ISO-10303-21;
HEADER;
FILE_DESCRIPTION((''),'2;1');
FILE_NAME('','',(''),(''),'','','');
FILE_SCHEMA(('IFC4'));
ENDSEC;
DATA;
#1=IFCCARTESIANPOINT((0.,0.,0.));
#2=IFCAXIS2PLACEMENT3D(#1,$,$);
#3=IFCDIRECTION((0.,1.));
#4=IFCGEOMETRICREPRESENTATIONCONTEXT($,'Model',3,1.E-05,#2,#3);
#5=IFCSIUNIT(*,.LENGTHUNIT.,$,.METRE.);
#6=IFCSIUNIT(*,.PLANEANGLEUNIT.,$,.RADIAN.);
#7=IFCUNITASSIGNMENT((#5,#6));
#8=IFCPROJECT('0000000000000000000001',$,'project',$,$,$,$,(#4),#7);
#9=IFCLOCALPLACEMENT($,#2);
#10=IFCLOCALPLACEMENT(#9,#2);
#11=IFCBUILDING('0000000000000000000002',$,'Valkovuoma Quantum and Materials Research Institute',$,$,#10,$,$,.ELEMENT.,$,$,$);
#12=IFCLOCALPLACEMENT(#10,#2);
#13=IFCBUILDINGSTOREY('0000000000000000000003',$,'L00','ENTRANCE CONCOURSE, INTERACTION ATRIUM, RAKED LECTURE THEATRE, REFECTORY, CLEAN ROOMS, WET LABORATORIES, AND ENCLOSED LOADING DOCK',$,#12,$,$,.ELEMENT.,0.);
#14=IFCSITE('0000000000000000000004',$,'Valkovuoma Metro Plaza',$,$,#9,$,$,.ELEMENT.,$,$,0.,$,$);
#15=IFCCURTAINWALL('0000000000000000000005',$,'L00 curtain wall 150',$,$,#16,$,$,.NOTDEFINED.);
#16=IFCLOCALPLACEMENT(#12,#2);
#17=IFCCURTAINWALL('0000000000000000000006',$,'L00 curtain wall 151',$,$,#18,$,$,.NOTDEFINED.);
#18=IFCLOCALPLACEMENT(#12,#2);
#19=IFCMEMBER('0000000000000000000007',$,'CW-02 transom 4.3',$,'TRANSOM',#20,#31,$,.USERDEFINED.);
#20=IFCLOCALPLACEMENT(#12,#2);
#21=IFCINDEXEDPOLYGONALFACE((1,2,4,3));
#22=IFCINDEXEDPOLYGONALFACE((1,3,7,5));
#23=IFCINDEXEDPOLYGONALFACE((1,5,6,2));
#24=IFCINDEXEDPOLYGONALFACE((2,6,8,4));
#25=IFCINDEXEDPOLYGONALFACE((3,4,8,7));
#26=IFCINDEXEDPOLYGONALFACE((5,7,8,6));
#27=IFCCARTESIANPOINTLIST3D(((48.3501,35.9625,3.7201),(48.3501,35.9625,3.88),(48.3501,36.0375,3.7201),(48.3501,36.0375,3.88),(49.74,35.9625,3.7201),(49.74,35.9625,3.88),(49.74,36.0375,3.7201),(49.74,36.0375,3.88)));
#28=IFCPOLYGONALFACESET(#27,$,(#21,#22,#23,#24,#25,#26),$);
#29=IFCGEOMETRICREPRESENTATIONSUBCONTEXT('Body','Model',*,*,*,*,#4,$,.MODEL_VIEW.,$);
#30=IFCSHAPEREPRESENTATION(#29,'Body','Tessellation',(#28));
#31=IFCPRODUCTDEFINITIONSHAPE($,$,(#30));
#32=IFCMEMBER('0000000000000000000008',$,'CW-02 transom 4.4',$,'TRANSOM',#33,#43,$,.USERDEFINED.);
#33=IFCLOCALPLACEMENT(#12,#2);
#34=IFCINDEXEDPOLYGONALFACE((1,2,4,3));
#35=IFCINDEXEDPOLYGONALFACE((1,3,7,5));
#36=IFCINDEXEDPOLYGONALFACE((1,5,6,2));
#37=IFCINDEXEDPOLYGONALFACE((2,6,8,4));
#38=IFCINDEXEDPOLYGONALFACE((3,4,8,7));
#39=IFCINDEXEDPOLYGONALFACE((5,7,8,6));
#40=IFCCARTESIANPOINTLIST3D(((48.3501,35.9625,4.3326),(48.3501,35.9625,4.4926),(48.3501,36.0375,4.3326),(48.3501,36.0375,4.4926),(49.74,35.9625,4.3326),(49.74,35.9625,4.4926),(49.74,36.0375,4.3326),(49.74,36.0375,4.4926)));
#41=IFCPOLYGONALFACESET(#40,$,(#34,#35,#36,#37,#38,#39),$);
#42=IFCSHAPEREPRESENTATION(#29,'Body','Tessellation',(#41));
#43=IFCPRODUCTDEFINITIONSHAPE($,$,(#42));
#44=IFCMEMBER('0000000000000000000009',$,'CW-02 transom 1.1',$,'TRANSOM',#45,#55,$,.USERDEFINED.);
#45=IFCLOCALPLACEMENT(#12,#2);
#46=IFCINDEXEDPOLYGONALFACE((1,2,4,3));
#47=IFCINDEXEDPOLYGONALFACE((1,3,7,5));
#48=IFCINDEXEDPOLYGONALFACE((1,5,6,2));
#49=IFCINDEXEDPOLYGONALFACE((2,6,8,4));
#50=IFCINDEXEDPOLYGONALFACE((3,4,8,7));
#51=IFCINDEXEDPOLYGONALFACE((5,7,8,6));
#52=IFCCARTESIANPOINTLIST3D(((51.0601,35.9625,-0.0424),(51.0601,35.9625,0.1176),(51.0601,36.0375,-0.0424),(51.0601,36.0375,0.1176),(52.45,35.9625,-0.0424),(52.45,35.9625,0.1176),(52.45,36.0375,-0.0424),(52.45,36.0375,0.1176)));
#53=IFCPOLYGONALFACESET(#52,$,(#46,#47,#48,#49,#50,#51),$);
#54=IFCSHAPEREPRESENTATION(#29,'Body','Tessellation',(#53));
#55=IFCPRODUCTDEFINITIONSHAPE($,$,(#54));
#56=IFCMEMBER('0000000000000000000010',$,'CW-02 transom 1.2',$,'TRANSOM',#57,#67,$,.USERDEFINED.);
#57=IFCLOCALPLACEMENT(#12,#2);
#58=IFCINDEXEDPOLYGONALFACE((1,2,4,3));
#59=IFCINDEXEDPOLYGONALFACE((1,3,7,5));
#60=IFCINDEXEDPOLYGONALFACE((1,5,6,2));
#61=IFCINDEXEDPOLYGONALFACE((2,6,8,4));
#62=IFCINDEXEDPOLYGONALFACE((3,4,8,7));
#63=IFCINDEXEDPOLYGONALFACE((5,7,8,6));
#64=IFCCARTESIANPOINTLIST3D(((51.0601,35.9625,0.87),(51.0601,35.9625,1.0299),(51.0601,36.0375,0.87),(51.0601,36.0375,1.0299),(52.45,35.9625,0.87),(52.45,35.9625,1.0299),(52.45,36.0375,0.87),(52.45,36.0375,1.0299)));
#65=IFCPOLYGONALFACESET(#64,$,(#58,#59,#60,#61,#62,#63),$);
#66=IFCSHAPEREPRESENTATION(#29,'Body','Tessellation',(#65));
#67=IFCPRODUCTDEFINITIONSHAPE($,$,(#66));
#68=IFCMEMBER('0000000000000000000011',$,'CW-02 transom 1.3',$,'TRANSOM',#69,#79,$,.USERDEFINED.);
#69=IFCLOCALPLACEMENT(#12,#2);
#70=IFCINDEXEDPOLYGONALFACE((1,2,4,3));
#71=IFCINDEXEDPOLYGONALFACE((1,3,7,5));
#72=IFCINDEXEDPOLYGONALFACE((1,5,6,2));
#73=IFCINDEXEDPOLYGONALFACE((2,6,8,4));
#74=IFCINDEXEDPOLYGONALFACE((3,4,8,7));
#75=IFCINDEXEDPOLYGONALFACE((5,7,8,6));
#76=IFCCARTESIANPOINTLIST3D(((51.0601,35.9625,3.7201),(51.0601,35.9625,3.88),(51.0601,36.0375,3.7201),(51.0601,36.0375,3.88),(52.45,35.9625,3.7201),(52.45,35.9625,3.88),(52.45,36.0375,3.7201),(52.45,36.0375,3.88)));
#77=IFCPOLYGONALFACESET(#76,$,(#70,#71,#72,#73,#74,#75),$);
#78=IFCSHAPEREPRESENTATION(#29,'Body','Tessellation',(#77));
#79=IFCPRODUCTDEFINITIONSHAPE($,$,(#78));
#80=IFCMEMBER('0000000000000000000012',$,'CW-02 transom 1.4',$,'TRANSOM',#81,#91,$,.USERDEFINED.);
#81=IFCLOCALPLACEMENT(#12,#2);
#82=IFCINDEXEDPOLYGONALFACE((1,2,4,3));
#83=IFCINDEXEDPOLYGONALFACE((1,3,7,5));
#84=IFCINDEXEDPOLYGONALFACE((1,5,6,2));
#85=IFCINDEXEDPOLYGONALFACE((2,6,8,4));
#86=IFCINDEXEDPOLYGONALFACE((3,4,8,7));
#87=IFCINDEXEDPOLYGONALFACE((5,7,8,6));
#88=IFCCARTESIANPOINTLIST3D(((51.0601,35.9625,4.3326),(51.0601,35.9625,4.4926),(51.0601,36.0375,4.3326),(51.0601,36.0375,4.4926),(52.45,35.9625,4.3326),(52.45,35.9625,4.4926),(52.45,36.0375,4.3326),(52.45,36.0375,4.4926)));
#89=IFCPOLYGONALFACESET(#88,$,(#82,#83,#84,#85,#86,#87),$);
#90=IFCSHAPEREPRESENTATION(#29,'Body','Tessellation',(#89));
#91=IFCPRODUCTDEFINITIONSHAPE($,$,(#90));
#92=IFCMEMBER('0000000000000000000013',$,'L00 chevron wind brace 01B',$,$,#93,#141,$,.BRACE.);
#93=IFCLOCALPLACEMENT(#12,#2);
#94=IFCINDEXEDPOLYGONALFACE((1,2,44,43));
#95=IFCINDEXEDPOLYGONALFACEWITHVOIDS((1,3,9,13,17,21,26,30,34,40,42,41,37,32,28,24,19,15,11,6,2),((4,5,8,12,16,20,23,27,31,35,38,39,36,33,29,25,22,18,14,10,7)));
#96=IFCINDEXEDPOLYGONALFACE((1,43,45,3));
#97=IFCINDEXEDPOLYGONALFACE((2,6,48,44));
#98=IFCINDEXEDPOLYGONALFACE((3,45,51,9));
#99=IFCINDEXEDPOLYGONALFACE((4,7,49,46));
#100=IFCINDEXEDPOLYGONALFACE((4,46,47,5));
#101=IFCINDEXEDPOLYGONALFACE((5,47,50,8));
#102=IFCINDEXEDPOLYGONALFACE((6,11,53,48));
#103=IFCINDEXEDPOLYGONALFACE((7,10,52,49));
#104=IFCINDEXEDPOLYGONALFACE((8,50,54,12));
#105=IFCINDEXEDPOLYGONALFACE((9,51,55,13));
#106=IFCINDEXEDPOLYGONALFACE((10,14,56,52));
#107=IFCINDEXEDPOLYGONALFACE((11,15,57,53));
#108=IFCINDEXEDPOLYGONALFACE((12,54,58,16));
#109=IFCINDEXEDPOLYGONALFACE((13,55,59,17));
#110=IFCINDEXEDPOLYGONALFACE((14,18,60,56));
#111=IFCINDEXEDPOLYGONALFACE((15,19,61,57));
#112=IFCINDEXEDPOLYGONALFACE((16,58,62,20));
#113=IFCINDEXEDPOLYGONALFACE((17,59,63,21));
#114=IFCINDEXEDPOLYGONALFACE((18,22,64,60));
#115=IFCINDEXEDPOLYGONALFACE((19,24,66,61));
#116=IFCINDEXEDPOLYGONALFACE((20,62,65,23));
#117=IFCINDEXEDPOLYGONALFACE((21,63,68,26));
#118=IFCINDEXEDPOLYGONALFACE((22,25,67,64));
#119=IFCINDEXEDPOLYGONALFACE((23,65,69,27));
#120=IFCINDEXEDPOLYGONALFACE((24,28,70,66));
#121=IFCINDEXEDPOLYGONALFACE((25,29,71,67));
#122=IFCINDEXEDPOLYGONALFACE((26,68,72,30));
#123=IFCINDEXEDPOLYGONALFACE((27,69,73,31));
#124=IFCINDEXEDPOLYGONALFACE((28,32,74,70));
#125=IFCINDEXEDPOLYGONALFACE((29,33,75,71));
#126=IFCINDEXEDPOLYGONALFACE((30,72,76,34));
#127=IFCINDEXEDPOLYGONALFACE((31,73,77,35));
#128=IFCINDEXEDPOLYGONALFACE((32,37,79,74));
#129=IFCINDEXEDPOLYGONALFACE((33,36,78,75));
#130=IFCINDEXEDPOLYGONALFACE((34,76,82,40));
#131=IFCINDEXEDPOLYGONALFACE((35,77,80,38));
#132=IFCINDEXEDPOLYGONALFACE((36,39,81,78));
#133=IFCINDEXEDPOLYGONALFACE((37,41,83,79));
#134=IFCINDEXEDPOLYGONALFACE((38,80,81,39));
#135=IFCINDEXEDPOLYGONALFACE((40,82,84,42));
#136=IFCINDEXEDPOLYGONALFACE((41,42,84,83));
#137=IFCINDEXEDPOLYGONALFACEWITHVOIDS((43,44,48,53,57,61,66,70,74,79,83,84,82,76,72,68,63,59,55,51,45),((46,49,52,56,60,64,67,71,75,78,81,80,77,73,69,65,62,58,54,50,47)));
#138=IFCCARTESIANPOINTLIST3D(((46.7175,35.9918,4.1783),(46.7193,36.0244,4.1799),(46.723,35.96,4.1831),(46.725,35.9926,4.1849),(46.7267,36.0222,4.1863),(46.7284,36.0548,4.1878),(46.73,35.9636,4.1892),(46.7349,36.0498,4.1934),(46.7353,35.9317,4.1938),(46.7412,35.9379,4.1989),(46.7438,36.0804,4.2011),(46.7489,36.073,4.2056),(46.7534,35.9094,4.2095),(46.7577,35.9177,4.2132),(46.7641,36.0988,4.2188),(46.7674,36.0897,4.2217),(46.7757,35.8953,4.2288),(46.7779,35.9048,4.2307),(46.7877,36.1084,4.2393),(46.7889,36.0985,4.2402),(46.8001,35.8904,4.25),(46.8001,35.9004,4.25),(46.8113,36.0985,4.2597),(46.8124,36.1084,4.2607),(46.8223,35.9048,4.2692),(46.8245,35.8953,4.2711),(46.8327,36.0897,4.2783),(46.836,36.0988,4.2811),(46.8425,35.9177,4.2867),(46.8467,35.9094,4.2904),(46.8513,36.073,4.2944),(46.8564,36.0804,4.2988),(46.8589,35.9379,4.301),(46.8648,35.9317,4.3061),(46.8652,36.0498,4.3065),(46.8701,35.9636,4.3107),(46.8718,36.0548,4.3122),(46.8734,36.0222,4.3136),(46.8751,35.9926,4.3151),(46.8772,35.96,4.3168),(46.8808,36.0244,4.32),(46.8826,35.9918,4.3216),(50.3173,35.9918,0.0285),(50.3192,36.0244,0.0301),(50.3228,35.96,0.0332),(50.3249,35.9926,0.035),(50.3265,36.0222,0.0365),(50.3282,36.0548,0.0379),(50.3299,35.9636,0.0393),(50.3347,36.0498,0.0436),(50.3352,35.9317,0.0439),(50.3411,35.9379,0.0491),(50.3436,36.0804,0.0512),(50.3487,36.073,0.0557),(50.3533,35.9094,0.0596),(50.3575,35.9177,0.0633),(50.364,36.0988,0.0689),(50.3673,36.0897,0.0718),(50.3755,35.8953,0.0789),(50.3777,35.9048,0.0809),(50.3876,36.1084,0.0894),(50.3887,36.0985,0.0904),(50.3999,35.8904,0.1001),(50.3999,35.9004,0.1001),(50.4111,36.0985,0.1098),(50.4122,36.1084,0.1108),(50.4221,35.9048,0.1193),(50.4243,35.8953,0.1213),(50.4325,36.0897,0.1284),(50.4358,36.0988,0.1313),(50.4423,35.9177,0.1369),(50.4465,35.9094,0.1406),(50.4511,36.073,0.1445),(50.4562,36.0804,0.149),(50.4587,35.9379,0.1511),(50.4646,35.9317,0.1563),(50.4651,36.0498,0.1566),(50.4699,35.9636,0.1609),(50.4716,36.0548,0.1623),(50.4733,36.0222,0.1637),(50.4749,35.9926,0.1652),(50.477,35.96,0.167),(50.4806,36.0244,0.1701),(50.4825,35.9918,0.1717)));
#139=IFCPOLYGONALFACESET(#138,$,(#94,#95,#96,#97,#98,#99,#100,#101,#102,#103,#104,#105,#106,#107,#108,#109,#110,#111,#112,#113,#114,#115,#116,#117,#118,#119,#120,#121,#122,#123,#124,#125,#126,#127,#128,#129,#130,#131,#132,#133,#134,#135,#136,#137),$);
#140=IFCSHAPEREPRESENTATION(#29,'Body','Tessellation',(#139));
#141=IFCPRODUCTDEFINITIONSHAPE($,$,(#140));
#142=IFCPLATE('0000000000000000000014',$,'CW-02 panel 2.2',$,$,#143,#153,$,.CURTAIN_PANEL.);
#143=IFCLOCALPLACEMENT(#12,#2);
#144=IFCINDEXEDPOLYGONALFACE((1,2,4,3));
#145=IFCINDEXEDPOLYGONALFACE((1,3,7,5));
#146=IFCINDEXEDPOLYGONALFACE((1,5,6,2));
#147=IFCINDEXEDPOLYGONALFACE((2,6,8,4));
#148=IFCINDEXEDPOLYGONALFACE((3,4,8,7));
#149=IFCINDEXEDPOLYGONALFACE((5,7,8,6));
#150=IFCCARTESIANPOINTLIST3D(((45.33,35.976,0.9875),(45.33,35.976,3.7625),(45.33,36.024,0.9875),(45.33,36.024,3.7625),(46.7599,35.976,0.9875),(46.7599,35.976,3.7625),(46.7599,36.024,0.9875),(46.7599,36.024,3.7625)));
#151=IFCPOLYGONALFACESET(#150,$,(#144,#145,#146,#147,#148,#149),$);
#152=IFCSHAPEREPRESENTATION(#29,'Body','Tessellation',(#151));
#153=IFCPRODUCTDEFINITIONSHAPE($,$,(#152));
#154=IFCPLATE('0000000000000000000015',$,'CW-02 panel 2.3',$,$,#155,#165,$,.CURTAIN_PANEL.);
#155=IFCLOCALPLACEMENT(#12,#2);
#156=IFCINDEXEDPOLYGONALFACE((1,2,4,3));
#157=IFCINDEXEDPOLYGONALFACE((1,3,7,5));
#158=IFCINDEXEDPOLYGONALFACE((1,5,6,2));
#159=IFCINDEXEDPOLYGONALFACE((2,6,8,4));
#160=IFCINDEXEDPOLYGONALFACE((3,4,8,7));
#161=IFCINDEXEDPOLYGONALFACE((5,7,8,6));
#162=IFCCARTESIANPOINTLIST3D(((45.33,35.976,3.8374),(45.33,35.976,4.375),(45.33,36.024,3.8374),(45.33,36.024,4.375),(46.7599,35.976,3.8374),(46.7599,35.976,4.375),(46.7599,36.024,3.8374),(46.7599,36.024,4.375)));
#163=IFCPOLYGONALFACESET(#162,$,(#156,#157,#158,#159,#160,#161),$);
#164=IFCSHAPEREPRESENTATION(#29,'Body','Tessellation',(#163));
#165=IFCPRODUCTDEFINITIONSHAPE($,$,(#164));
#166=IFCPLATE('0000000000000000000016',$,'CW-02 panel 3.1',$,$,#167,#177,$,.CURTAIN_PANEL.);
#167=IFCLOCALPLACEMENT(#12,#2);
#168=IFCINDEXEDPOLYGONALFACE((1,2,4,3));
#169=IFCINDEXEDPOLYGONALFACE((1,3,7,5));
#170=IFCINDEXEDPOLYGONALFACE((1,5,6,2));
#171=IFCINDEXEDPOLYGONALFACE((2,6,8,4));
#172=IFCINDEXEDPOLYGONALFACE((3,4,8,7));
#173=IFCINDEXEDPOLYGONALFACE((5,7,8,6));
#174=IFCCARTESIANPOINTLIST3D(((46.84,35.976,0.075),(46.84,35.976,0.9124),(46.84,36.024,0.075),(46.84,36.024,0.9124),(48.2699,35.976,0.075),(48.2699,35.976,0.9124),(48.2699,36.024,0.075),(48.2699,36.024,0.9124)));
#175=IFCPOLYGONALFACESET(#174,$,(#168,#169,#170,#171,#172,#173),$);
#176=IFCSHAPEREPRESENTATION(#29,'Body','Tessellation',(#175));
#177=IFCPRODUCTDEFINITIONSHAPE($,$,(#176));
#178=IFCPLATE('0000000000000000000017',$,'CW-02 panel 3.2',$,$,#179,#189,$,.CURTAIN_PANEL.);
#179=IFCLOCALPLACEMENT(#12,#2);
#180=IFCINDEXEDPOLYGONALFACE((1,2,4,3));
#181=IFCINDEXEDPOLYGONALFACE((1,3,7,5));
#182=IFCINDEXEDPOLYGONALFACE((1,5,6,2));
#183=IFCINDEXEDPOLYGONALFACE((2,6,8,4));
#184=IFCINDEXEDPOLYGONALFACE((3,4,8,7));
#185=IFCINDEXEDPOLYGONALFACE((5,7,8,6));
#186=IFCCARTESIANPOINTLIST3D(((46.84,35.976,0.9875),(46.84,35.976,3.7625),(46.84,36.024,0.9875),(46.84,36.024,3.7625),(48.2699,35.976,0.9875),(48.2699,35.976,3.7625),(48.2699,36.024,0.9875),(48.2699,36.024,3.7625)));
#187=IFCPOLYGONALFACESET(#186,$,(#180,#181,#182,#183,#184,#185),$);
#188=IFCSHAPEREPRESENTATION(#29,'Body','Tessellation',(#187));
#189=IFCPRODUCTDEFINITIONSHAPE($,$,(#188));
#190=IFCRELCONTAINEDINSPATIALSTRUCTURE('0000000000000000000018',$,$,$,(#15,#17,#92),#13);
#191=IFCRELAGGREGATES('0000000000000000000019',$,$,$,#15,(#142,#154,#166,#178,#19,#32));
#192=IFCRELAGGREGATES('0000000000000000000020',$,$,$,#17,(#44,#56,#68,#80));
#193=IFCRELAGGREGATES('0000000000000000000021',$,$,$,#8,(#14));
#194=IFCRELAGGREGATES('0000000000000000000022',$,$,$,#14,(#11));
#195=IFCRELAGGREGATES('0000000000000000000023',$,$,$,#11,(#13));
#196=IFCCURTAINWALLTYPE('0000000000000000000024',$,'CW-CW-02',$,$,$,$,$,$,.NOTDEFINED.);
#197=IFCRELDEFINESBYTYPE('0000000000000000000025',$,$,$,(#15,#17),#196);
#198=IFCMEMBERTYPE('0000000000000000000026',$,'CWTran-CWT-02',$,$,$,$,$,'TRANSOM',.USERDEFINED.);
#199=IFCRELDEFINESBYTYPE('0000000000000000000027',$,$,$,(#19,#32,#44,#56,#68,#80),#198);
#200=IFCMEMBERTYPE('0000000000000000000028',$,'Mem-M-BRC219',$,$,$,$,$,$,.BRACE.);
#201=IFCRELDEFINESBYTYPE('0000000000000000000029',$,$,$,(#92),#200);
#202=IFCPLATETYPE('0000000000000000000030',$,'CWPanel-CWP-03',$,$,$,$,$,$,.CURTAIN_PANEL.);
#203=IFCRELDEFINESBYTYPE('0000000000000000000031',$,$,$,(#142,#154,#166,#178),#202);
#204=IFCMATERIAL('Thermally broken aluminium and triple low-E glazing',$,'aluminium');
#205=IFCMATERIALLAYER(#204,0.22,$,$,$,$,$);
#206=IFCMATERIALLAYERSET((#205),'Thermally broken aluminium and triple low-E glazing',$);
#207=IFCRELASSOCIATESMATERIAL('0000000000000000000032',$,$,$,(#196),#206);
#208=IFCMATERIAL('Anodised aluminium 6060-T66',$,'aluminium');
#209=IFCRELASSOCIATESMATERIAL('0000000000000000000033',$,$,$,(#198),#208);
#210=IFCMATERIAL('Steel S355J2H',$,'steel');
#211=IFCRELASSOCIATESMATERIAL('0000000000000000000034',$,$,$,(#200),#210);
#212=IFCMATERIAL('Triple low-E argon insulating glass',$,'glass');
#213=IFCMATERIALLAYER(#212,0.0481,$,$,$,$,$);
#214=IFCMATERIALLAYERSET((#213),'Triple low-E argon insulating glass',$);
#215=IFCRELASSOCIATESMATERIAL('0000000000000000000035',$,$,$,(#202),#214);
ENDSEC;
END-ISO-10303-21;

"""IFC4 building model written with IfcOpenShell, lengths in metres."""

from ifc_helpers import new_model, si_unit, direction, frame, origin, origin_2d, place, context, subcontext, project, spatial, rectangle, hollow_circle, extrude, material, layer, layer_set, material_profile, profile_set, type_object, element, aggregate, save


model = new_model("IFC4")

# Units and contexts
model_context = context("Model", 3, precision=1e-05, world=origin(), true_north=direction((0.0, 1.0)))
body_context = subcontext(model_context, "Body", "Model", "MODEL_VIEW")
ifc_project = project(units=[si_unit("LENGTHUNIT", "METRE"), si_unit("PLANEANGLEUNIT", "RADIAN")], contexts=[model_context])

# Site, building, storey
site_placement = place(None, origin())
site = spatial("IfcSite", under=ifc_project, at=site_placement, Name="Valkovuoma Metro Plaza", CompositionType="ELEMENT", RefElevation=0.0)
building_placement = place(site_placement, origin())
building = spatial("IfcBuilding", under=site, at=building_placement, Name="Valkovuoma Quantum and Materials Research Institute", CompositionType="ELEMENT")
storey_placement = place(building_placement, origin())
storey = spatial("IfcBuildingStorey", under=building, at=storey_placement, Name="L00", Description="ENTRANCE CONCOURSE, INTERACTION ATRIUM, RAKED LECTURE THEATRE, REFECTORY, CLEAN ROOMS, WET LABORATORIES, AND ENCLOSED LOADING DOCK", CompositionType="ELEMENT", Elevation=0.0)

# Curtain wall
ifc_material_1 = material(Name="Thermally broken aluminium and triple low-E glazing", Category="aluminium")
ifc_layer_1 = layer(ifc_material_1, 0.22)
ifc_layer_set_1 = layer_set([ifc_layer_1], Name="Thermally broken aluminium and triple low-E glazing")
curtain_wall_type = type_object("IfcCurtainWallType", Name="CW-CW-02", PredefinedType="NOTDEFINED", material=ifc_layer_set_1)
curtain_wall_1_placement = place(storey_placement, origin())
curtain_wall_1 = element("IfcCurtainWall", 1, at=curtain_wall_1_placement, inside=storey, type_object=curtain_wall_type, Name="L00 curtain wall 150", PredefinedType="NOTDEFINED")

# Curtain wall
curtain_wall_2_placement = place(storey_placement, origin())
curtain_wall_2 = element("IfcCurtainWall", 2, at=curtain_wall_2_placement, inside=storey, type_object=curtain_wall_type, Name="L00 curtain wall 151", PredefinedType="NOTDEFINED")

# Members
ifc_material_2 = material(Name="Anodised aluminium 6060-T66", Category="aluminium")
ifc_material_profile_1 = material_profile(ifc_material_2, rectangle(XDim=0.075, YDim=0.1599, at=origin_2d()), Name="Anodised aluminium 6060-T66")
ifc_profile_set_1 = profile_set([ifc_material_profile_1], Name="Anodised aluminium 6060-T66")
member_type_1 = type_object("IfcMemberType", Name="CWTran-CWT-02", ElementType="TRANSOM", PredefinedType="USERDEFINED", material=ifc_profile_set_1)
member_1_placement = place(storey_placement, frame((48.3501, 36.0, 3.8), z_axis=(1.0, 0.0, 0.0), x_axis=(0.0, 1.0, 0.0)))
member_1 = element("IfcMember", 3, at=member_1_placement, type_object=member_type_1, Name="CW-02 transom 4.3", ObjectType="TRANSOM", PredefinedType="USERDEFINED", context=body_context, shape_type="SweptSolid", body=[
    extrude(rectangle(XDim=0.075, YDim=0.1599, at=origin_2d()), origin(), (0.0, 0.0, 1.0), 1.3899),
])
member_2_placement = place(storey_placement, frame((48.3501, 36.0, 4.4126), z_axis=(1.0, 0.0, 0.0), x_axis=(0.0, 1.0, 0.0)))
member_2 = element("IfcMember", 4, at=member_2_placement, type_object=member_type_1, Name="CW-02 transom 4.4", ObjectType="TRANSOM", PredefinedType="USERDEFINED", context=body_context, shape_type="SweptSolid", body=[
    extrude(rectangle(XDim=0.075, YDim=0.1599, at=origin_2d()), origin(), (0.0, 0.0, 1.0), 1.3899),
])
member_3_placement = place(storey_placement, frame((51.0601, 36.0, 0.0376), z_axis=(1.0, 0.0, 0.0), x_axis=(0.0, 1.0, 0.0)))
member_3 = element("IfcMember", 5, at=member_3_placement, type_object=member_type_1, Name="CW-02 transom 1.1", ObjectType="TRANSOM", PredefinedType="USERDEFINED", context=body_context, shape_type="SweptSolid", body=[
    extrude(rectangle(XDim=0.075, YDim=0.1599, at=origin_2d()), origin(), (0.0, 0.0, 1.0), 1.3899),
])
member_4_placement = place(storey_placement, frame((51.0601, 36.0, 0.95), z_axis=(1.0, 0.0, 0.0), x_axis=(0.0, 1.0, 0.0)))
member_4 = element("IfcMember", 6, at=member_4_placement, type_object=member_type_1, Name="CW-02 transom 1.2", ObjectType="TRANSOM", PredefinedType="USERDEFINED", context=body_context, shape_type="SweptSolid", body=[
    extrude(rectangle(XDim=0.075, YDim=0.1599, at=origin_2d()), origin(), (0.0, 0.0, 1.0), 1.3899),
])
member_5_placement = place(storey_placement, frame((51.0601, 36.0, 3.8), z_axis=(1.0, 0.0, 0.0), x_axis=(0.0, 1.0, 0.0)))
member_5 = element("IfcMember", 7, at=member_5_placement, type_object=member_type_1, Name="CW-02 transom 1.3", ObjectType="TRANSOM", PredefinedType="USERDEFINED", context=body_context, shape_type="SweptSolid", body=[
    extrude(rectangle(XDim=0.075, YDim=0.1599, at=origin_2d()), origin(), (0.0, 0.0, 1.0), 1.3899),
])
member_6_placement = place(storey_placement, frame((51.0601, 36.0, 4.4126), z_axis=(1.0, 0.0, 0.0), x_axis=(0.0, 1.0, 0.0)))
member_6 = element("IfcMember", 8, at=member_6_placement, type_object=member_type_1, Name="CW-02 transom 1.4", ObjectType="TRANSOM", PredefinedType="USERDEFINED", context=body_context, shape_type="SweptSolid", body=[
    extrude(rectangle(XDim=0.075, YDim=0.1599, at=origin_2d()), origin(), (0.0, 0.0, 1.0), 1.3899),
])
ifc_material_3 = material(Name="Steel S355J2H", Category="steel")
ifc_material_profile_2 = material_profile(ifc_material_3, hollow_circle(Radius=0.1096, WallThickness=0.01, at=origin_2d()), Name="Steel S355J2H")
ifc_profile_set_2 = profile_set([ifc_material_profile_2], Name="Steel S355J2H")
member_type_2 = type_object("IfcMemberType", Name="Mem-M-BRC219", PredefinedType="BRACE", material=ifc_profile_set_2)
member_7_placement = place(storey_placement, frame((50.3999, 36.0, 0.1001), z_axis=(-0.655271, 0.0, 0.755394), x_axis=(0.0, -1.0, 0.0)))
element("IfcMember", 9, at=member_7_placement, inside=storey, type_object=member_type_2, Name="L00 chevron wind brace 01B", PredefinedType="BRACE", context=body_context, shape_type="SweptSolid", body=[
    extrude(hollow_circle(Radius=0.1096, WallThickness=0.01, at=origin_2d()), origin(), (0.0, 0.0, 1.0), 5.4937),
])

# Plates
ifc_material_4 = material(Name="Triple low-E argon insulating glass", Category="glass")
ifc_layer_2 = layer(ifc_material_4, 0.0481)
ifc_layer_set_2 = layer_set([ifc_layer_2], Name="Triple low-E argon insulating glass")
plate_type_1 = type_object("IfcPlateType", Name="CWPanel-CWP-03", PredefinedType="CURTAIN_PANEL", material=ifc_layer_set_2)
plate_1_placement = place(storey_placement, frame((46.0449, 36.0, 0.9875), z_axis=(0.0, 0.0, 1.0), x_axis=(1.0, 0.0, 0.0)))
plate_1 = element("IfcPlate", 10, at=plate_1_placement, type_object=plate_type_1, Name="CW-02 panel 2.2", PredefinedType="CURTAIN_PANEL", context=body_context, shape_type="SweptSolid", body=[
    extrude(rectangle(XDim=1.4299, YDim=0.0481, at=origin_2d()), origin(), (0.0, 0.0, 1.0), 2.7749),
])
plate_2_placement = place(storey_placement, frame((46.0449, 36.0, 3.8374), z_axis=(0.0, 0.0, 1.0), x_axis=(1.0, 0.0, 0.0)))
plate_2 = element("IfcPlate", 11, at=plate_2_placement, type_object=plate_type_1, Name="CW-02 panel 2.3", PredefinedType="CURTAIN_PANEL", context=body_context, shape_type="SweptSolid", body=[
    extrude(rectangle(XDim=1.4299, YDim=0.0481, at=origin_2d()), origin(), (0.0, 0.0, 1.0), 0.5376),
])
plate_3_placement = place(storey_placement, frame((47.5549, 36.0, 0.075), z_axis=(0.0, 0.0, 1.0), x_axis=(1.0, 0.0, 0.0)))
plate_3 = element("IfcPlate", 12, at=plate_3_placement, type_object=plate_type_1, Name="CW-02 panel 3.1", PredefinedType="CURTAIN_PANEL", context=body_context, shape_type="SweptSolid", body=[
    extrude(rectangle(XDim=1.4299, YDim=0.0481, at=origin_2d()), origin(), (0.0, 0.0, 1.0), 0.8374),
])
plate_4_placement = place(storey_placement, frame((47.5549, 36.0, 0.9875), z_axis=(0.0, 0.0, 1.0), x_axis=(1.0, 0.0, 0.0)))
plate_4 = element("IfcPlate", 13, at=plate_4_placement, type_object=plate_type_1, Name="CW-02 panel 3.2", PredefinedType="CURTAIN_PANEL", context=body_context, shape_type="SweptSolid", body=[
    extrude(rectangle(XDim=1.4299, YDim=0.0481, at=origin_2d()), origin(), (0.0, 0.0, 1.0), 2.7749),
])
aggregate(curtain_wall_1, [plate_1, plate_2, plate_3, plate_4, member_1, member_2])
aggregate(curtain_wall_2, [member_3, member_4, member_5, member_6])

save(model, "model.ifc")
